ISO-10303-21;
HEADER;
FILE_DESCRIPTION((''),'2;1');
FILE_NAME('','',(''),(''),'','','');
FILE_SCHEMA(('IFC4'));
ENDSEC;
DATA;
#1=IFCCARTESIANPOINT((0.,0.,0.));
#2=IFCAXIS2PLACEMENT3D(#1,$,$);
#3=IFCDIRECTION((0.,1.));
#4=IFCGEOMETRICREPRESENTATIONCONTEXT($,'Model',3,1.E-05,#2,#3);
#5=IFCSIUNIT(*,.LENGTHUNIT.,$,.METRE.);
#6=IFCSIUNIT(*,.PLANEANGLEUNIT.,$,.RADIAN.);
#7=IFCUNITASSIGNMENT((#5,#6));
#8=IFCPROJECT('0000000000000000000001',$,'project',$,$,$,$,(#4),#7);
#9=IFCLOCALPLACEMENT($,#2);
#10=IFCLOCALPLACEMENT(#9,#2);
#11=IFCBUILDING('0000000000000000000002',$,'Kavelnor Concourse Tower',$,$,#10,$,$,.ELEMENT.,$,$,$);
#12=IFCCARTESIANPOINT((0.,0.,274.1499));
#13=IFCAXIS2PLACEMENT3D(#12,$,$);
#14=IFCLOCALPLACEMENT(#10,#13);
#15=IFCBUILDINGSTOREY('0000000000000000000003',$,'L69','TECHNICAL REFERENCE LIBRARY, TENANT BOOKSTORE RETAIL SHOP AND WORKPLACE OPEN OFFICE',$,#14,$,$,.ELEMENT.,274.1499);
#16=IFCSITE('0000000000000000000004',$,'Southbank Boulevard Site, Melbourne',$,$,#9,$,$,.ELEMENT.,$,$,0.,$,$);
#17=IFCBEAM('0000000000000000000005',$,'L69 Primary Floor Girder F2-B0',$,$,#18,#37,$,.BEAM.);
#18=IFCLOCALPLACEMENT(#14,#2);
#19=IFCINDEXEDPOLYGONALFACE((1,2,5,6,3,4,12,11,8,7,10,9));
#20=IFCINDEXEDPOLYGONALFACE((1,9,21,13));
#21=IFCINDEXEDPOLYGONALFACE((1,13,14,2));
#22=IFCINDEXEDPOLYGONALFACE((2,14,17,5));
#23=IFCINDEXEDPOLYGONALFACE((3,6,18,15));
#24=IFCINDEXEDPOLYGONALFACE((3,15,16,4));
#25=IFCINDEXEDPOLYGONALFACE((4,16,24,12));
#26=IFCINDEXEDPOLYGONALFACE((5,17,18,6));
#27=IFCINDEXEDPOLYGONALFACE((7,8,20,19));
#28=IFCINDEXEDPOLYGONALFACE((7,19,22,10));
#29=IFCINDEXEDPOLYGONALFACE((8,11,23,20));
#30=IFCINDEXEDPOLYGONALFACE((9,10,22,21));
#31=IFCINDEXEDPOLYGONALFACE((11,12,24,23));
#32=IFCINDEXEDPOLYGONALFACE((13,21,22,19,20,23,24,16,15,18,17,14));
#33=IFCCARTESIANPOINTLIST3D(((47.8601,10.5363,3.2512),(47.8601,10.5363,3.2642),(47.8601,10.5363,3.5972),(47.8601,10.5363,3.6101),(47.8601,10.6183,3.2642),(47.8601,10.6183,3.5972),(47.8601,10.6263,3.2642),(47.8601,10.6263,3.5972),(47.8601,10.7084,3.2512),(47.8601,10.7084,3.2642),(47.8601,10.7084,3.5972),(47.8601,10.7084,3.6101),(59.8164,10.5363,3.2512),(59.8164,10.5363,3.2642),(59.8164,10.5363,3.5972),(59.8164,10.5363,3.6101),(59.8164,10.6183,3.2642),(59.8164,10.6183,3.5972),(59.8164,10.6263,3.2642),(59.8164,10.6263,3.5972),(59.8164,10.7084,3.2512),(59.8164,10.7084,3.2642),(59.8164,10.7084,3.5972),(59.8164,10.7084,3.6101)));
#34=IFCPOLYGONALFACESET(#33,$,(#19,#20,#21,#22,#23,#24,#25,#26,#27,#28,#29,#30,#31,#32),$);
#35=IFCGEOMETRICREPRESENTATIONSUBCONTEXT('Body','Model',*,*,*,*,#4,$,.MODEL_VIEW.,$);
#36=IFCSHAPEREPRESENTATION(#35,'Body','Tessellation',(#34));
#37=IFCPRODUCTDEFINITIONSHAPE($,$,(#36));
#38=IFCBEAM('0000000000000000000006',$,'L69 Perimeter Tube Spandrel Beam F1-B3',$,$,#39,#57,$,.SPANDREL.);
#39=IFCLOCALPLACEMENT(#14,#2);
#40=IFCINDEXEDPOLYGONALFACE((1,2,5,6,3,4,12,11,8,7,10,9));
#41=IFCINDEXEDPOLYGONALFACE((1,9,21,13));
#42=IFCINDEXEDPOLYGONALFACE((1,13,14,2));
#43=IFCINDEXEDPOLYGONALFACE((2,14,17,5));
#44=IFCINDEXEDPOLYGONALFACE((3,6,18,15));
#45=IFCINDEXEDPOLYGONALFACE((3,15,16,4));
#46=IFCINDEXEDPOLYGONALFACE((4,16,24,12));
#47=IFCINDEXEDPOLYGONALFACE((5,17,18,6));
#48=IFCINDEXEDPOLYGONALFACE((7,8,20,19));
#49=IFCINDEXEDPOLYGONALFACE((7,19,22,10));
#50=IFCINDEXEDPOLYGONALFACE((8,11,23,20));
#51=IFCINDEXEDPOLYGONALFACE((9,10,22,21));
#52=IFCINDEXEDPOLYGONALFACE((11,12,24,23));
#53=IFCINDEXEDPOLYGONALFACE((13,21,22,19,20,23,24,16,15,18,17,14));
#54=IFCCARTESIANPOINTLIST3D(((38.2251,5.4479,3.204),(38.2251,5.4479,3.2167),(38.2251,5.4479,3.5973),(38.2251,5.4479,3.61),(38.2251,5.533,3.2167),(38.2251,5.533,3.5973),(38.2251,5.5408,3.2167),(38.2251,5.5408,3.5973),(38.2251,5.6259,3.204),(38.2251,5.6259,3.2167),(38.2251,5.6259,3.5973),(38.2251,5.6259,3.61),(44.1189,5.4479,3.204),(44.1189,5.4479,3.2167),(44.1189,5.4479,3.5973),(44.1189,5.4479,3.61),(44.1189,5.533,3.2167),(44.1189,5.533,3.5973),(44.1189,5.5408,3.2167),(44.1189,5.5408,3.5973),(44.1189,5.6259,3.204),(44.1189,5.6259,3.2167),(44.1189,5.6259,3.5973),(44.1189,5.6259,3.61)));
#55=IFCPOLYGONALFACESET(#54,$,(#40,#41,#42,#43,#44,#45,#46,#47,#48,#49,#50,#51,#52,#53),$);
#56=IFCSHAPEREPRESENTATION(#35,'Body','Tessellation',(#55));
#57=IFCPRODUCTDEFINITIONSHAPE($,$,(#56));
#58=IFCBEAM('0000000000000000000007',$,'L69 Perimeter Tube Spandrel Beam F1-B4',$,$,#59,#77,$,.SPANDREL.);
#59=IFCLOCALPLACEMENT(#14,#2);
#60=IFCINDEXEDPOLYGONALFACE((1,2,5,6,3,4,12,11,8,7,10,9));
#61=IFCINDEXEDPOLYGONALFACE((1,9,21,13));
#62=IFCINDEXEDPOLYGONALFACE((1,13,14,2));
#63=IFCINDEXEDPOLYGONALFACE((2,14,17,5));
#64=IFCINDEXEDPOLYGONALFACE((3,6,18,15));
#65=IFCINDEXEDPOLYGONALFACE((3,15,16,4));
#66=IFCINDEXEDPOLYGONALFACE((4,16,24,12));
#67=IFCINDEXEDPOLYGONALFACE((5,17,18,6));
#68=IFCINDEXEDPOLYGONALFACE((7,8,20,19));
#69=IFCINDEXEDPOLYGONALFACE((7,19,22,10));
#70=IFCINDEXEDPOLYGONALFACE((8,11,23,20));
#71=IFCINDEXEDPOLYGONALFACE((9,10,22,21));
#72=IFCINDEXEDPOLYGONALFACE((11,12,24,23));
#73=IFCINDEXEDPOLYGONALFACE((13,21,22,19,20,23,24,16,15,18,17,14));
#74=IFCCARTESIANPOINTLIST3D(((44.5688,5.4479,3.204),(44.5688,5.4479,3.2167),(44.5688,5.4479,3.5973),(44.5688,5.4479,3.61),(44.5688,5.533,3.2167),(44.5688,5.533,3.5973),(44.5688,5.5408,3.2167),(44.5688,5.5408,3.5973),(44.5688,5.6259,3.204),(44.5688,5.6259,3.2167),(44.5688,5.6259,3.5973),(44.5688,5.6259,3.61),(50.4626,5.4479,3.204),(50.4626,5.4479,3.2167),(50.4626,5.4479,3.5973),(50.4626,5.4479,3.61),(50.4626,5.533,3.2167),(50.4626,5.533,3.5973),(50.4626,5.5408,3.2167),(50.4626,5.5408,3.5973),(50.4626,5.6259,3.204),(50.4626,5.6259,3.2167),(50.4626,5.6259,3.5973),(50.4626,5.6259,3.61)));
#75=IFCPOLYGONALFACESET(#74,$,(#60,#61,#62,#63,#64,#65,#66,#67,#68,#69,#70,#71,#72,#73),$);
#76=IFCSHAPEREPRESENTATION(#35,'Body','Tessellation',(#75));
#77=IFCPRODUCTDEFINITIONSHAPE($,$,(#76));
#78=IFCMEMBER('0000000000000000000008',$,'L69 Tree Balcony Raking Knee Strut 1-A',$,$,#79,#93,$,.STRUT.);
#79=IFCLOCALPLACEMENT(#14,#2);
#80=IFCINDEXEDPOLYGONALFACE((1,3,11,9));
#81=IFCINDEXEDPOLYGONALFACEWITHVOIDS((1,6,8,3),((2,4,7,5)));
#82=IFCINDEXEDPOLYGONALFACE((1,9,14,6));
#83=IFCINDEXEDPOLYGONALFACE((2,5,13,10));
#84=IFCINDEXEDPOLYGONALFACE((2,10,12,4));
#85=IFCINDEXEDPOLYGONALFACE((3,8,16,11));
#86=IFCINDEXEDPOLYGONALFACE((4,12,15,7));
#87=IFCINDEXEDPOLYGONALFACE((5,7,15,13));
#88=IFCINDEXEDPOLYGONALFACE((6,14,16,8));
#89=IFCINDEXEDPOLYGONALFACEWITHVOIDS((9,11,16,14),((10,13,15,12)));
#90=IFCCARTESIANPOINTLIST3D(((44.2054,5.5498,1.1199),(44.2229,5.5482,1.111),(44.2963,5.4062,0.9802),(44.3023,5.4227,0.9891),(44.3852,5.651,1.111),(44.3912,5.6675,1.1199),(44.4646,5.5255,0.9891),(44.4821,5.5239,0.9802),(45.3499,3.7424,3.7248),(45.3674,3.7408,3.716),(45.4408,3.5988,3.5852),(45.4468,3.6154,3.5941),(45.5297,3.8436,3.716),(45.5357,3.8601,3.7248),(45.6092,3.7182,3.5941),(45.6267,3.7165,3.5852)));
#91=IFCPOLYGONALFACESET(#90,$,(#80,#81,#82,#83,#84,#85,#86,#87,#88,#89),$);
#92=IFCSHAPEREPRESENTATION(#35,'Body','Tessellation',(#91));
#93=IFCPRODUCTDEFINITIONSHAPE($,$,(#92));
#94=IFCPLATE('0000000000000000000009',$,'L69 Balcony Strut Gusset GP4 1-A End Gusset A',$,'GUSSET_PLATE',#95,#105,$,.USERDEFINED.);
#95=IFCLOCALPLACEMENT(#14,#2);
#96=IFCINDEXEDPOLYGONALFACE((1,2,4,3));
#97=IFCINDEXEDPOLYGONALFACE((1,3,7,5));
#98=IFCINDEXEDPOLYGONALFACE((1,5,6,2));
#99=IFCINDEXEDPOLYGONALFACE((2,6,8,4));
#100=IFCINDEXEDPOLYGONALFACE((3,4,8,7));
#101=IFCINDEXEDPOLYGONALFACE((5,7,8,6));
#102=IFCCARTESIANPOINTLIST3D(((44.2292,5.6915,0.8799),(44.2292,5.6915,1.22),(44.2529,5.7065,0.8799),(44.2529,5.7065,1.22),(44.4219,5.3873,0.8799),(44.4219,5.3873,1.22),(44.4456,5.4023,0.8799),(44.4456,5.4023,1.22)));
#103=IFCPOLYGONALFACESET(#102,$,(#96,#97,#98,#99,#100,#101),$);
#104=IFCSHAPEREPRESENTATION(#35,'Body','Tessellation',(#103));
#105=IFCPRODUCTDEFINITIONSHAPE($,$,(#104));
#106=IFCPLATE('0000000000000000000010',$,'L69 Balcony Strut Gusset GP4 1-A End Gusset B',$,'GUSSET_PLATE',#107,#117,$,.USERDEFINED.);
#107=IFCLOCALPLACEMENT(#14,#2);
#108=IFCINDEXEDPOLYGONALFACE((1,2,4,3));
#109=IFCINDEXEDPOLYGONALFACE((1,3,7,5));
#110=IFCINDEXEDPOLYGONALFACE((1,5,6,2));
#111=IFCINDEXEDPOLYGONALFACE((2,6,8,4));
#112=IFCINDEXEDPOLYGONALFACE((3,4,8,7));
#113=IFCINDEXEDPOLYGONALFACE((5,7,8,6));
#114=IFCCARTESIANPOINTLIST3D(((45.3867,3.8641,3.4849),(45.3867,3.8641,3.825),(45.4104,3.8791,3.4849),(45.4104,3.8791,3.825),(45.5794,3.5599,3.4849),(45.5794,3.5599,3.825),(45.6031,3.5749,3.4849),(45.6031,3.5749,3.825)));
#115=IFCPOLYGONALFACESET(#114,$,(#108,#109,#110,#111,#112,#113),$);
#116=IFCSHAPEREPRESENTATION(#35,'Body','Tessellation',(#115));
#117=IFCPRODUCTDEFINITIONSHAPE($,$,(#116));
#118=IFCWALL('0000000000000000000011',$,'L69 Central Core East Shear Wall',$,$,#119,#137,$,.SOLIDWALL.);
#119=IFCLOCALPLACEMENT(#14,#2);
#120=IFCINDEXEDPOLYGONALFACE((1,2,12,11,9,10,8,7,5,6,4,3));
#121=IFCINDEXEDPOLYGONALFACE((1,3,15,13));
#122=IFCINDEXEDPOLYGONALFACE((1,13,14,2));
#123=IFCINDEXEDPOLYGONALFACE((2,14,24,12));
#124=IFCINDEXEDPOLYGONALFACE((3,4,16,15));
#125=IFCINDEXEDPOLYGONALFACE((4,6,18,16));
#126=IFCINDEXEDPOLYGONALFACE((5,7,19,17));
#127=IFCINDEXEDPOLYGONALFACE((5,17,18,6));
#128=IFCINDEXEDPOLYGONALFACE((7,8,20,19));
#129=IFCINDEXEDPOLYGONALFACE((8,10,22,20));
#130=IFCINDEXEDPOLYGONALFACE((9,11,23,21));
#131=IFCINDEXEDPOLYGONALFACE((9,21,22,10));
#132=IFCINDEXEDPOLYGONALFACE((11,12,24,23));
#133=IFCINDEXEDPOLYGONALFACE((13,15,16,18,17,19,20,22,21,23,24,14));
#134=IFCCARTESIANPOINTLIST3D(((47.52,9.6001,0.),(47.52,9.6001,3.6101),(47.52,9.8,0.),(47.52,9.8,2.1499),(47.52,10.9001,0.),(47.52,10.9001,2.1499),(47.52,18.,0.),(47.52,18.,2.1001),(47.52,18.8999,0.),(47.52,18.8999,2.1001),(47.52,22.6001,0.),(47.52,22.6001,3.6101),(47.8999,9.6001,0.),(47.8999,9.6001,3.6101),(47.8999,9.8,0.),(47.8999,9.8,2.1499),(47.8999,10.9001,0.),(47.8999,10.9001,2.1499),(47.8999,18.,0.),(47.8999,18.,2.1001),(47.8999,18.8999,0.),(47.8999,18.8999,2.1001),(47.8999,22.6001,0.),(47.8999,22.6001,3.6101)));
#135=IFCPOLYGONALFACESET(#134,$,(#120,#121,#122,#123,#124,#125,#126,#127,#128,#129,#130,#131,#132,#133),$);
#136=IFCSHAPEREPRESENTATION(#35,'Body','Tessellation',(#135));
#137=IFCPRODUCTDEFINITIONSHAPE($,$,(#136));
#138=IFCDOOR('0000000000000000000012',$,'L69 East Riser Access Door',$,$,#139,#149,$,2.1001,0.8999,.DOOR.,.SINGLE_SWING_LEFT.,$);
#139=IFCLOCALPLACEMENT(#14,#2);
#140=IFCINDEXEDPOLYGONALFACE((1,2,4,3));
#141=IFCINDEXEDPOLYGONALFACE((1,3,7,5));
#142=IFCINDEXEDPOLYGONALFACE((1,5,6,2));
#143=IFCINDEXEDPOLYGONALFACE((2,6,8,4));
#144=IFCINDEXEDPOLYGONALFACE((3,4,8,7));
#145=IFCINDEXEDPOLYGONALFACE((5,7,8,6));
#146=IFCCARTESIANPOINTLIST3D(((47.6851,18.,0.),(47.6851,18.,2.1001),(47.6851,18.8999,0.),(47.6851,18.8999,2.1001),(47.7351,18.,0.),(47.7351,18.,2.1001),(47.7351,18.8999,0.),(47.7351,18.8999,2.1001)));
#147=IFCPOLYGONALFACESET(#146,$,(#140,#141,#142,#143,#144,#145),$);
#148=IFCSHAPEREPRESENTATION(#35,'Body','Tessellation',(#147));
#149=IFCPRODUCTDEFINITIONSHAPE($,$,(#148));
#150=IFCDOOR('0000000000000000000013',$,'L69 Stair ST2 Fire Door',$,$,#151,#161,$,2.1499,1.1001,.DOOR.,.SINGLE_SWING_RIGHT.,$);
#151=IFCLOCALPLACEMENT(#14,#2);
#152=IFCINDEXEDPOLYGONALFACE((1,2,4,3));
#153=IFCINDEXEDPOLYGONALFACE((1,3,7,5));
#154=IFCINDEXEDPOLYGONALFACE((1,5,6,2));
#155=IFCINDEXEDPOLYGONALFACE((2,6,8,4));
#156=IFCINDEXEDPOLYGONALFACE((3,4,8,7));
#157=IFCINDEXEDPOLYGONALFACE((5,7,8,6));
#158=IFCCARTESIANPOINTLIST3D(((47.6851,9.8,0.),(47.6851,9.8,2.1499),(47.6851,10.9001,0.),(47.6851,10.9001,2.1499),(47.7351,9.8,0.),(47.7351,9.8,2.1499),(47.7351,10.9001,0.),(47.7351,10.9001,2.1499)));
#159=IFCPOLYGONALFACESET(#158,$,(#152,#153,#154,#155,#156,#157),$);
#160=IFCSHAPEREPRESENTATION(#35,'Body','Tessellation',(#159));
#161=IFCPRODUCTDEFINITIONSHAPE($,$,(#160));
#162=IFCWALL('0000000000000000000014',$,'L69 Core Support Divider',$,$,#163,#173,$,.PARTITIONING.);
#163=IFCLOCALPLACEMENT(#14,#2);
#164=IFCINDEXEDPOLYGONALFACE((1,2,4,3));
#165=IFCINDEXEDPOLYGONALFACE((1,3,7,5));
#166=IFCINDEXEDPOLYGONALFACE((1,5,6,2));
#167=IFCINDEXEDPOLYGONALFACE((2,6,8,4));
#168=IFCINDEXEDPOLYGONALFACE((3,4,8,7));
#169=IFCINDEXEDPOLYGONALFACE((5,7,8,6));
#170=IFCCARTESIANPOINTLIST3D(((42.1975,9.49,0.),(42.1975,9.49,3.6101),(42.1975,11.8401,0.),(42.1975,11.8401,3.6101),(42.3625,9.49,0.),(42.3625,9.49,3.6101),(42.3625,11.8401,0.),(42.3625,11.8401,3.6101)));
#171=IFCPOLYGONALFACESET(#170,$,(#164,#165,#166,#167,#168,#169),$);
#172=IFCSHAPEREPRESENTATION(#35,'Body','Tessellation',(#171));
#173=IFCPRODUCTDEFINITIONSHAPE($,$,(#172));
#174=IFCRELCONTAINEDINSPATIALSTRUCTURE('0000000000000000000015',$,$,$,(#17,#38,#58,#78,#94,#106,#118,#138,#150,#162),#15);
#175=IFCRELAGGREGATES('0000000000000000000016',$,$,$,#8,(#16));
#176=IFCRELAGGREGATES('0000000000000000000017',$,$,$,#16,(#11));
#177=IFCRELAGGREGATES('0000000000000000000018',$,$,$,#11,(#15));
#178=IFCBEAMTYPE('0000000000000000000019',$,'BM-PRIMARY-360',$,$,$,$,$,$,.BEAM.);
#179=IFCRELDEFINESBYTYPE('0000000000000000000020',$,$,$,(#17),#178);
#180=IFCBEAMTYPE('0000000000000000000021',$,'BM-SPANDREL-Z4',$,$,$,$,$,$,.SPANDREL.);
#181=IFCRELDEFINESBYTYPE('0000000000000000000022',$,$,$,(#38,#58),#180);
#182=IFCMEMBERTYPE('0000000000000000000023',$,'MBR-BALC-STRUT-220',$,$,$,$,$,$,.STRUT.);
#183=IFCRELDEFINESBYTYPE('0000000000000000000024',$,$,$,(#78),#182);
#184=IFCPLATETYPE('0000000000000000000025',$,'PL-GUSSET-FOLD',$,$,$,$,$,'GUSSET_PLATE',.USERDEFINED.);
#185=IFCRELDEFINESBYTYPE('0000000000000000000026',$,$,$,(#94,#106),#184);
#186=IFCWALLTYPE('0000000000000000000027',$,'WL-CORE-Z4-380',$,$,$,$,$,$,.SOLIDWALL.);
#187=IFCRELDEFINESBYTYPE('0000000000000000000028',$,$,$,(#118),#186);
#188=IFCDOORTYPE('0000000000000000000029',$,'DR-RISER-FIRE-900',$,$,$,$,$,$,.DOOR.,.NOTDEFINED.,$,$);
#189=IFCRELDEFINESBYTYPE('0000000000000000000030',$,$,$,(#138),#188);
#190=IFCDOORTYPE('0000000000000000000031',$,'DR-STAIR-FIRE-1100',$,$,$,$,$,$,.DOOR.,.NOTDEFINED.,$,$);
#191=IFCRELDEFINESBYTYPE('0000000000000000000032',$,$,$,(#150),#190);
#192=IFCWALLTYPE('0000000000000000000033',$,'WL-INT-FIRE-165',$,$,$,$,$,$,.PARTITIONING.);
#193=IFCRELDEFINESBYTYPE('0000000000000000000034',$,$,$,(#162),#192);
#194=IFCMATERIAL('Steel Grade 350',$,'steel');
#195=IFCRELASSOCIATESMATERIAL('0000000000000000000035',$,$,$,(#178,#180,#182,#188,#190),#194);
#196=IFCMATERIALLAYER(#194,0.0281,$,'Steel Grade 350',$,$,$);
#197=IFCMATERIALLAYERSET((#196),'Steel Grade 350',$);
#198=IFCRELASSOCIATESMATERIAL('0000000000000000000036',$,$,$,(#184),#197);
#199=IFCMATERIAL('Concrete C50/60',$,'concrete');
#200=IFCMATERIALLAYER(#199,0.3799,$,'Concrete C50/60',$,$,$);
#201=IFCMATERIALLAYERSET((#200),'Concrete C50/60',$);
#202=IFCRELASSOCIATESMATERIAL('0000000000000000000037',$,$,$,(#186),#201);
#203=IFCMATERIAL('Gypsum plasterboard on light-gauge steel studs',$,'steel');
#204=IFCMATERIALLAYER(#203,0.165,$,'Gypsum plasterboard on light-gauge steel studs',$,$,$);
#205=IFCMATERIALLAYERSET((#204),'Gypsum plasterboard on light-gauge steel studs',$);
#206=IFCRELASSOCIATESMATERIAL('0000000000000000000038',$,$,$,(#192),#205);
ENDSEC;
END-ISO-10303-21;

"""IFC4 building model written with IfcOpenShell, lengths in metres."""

from ifc_helpers import new_model, si_unit, direction, frame, frame_2d, origin, origin_2d, place, context, subcontext, project, spatial, rectangle, hollow_rectangle, i_section, extrude, material, layer, layer_set, material_profile, profile_set, type_object, element, fill, save


model = new_model("IFC4")

# Units and contexts
model_context = context("Model", 3, precision=1e-05, world=origin(), true_north=direction((0.0, 1.0)))
body_context = subcontext(model_context, "Body", "Model", "MODEL_VIEW")
ifc_project = project(units=[si_unit("LENGTHUNIT", "METRE"), si_unit("PLANEANGLEUNIT", "RADIAN")], contexts=[model_context])

# Site, building, storey
site_placement = place(None, origin())
site = spatial("IfcSite", under=ifc_project, at=site_placement, Name="Southbank Boulevard Site, Melbourne", CompositionType="ELEMENT", RefElevation=0.0)
building_placement = place(site_placement, origin())
building = spatial("IfcBuilding", under=site, at=building_placement, Name="Kavelnor Concourse Tower", CompositionType="ELEMENT")
storey_placement = place(building_placement, frame((0.0, 0.0, 274.1499)))
storey = spatial("IfcBuildingStorey", under=building, at=storey_placement, Name="L69", Description="TECHNICAL REFERENCE LIBRARY, TENANT BOOKSTORE RETAIL SHOP AND WORKPLACE OPEN OFFICE", CompositionType="ELEMENT", Elevation=274.1499)

# Shared definitions
ifc_material_1 = material(Name="Steel Grade 350", Category="steel")

# Beams
ifc_material_profile_1 = material_profile(ifc_material_1, i_section(OverallWidth=0.1721, OverallDepth=0.3589, WebThickness=0.0081, FlangeThickness=0.0129, at=origin_2d()), Name="360UB56")
ifc_profile_set_1 = profile_set([ifc_material_profile_1], Name="Steel Grade 350")
beam_type_1 = type_object("IfcBeamType", Name="BM-PRIMARY-360", PredefinedType="BEAM", material=ifc_profile_set_1)
beam_1_placement = place(storey_placement, frame((47.8601, 10.6223, 3.4307), z_axis=(1.0, 0.0, 0.0), x_axis=(0.0, 1.0, 0.0)))
element("IfcBeam", 1, at=beam_1_placement, inside=storey, type_object=beam_type_1, Name="L69 Primary Floor Girder F2-B0", PredefinedType="BEAM", context=body_context, shape_type="SweptSolid", body=[
    extrude(i_section(OverallWidth=0.1721, OverallDepth=0.3589, WebThickness=0.0081, FlangeThickness=0.0129, at=origin_2d()), origin(), (0.0, 0.0, 1.0), 11.9563),
])
ifc_material_profile_2 = material_profile(ifc_material_1, i_section(OverallWidth=0.178, OverallDepth=0.406, WebThickness=0.0078, FlangeThickness=0.0127, at=origin_2d()), Name="410UB59")
ifc_profile_set_2 = profile_set([ifc_material_profile_2], Name="Steel Grade 350")
beam_type_2 = type_object("IfcBeamType", Name="BM-SPANDREL-Z4", PredefinedType="SPANDREL", material=ifc_profile_set_2)
for number, where, z_axis, x_axis, name in (
    (2, (38.2251, 5.5369, 3.407), (1.0, 0.0, 0.0), (0.0, 1.0, 0.0), "L69 Perimeter Tube Spandrel Beam F1-B3"),
    (3, (44.5688, 5.5369, 3.407), (1.0, 0.0, 0.0), (0.0, 1.0, 0.0), "L69 Perimeter Tube Spandrel Beam F1-B4"),
):
    element("IfcBeam", number, at=place(storey_placement, frame(where, z_axis=z_axis, x_axis=x_axis)), inside=storey, type_object=beam_type_2, Name=name, PredefinedType="SPANDREL", context=body_context, shape_type="SweptSolid", body=[
        extrude(i_section(OverallWidth=0.178, OverallDepth=0.406, WebThickness=0.0078, FlangeThickness=0.0127, at=origin_2d()), origin(), (0.0, 0.0, 1.0), 5.8938),
    ])

# Member
ifc_material_profile_3 = material_profile(ifc_material_1, hollow_rectangle(XDim=0.22, YDim=0.22, WallThickness=0.0139, at=origin_2d()), Name="SHS 220x220x14")
ifc_profile_set_3 = profile_set([ifc_material_profile_3], Name="Steel Grade 350")
member_type = type_object("IfcMemberType", Name="MBR-BALC-STRUT-220", PredefinedType="STRUT", material=ifc_profile_set_3)
member_placement = place(storey_placement, frame((44.3438, 5.5369, 1.05), z_axis=(0.33954, -0.536181, 0.772802), x_axis=(0.844848, 0.535006, 0.0)))
element("IfcMember", 4, at=member_placement, inside=storey, type_object=member_type, Name="L69 Tree Balcony Raking Knee Strut 1-A", PredefinedType="STRUT", context=body_context, shape_type="SweptSolid", body=[
    extrude(hollow_rectangle(XDim=0.22, YDim=0.22, WallThickness=0.0139, at=origin_2d()), origin(), (0.0, 0.0, 1.0), 3.3708),
])

# Plates
ifc_layer_1 = layer(ifc_material_1, 0.0281, Name="Steel Grade 350")
ifc_layer_set_1 = layer_set([ifc_layer_1], Name="Steel Grade 350")
plate_type = type_object("IfcPlateType", Name="PL-GUSSET-FOLD", ElementType="GUSSET_PLATE", PredefinedType="USERDEFINED", material=ifc_layer_set_1)
for number, where, z_axis, x_axis, name in (
    (5, (44.3374, 5.5469, 0.8799), (0.0, 0.0, 1.0), (0.53509, -0.844795, 0.0), "L69 Balcony Strut Gusset GP4 1-A End Gusset A"),
    (6, (45.4949, 3.7195, 3.4849), (0.0, 0.0, 1.0), (0.53509, -0.844795, 0.0), "L69 Balcony Strut Gusset GP4 1-A End Gusset B"),
):
    element("IfcPlate", number, at=place(storey_placement, frame(where, z_axis=z_axis, x_axis=x_axis)), inside=storey, type_object=plate_type, Name=name, ObjectType="GUSSET_PLATE", PredefinedType="USERDEFINED", context=body_context, shape_type="SweptSolid", body=[
        extrude(rectangle(XDim=0.3601, YDim=0.0281, at=origin_2d()), origin(), (0.0, 0.0, 1.0), 0.3401),
    ])

# Wall, openings, doors
ifc_material_2 = material(Name="Concrete C50/60", Category="concrete")
ifc_layer_2 = layer(ifc_material_2, 0.3799, Name="Concrete C50/60")
ifc_layer_set_2 = layer_set([ifc_layer_2], Name="Concrete C50/60")
wall_type_1 = type_object("IfcWallType", Name="WL-CORE-Z4-380", PredefinedType="SOLIDWALL", material=ifc_layer_set_2)
wall_1_placement = place(storey_placement, frame((47.71, 9.6001, 0.0), z_axis=(0.0, 0.0, 1.0), x_axis=(0.0, 1.0, 0.0)))
wall_1 = element("IfcWall", 7, at=wall_1_placement, inside=storey, type_object=wall_type_1, Name="L69 Central Core East Shear Wall", PredefinedType="SOLIDWALL", context=body_context, shape_type="SweptSolid", body=[
    extrude(rectangle(XDim=13.0, YDim=0.3799, at=frame_2d((6.5, 0.0))), origin(), (0.0, 0.0, 1.0), 3.6101),
])
opening_1_placement = place(wall_1_placement, frame((0.2, 0.0, 0.0)))
opening_1 = element("IfcOpeningElement", 8, at=opening_1_placement, cuts=wall_1, PredefinedType="OPENING", context=body_context, shape_type="SweptSolid", body=[
    extrude(rectangle(XDim=1.1001, YDim=2.1499, at=frame_2d((0.55, 1.075))), frame((0.0, 0.2, 0.0), z_axis=(0.0, -1.0, 0.0), x_axis=(1.0, 0.0, 0.0)), (0.0, 0.0, 1.0), 0.3999),
])
opening_2_placement = place(wall_1_placement, frame((8.3999, 0.0, 0.0)))
opening_2 = element("IfcOpeningElement", 9, at=opening_2_placement, cuts=wall_1, PredefinedType="OPENING", context=body_context, shape_type="SweptSolid", body=[
    extrude(rectangle(XDim=0.8999, YDim=2.1001, at=frame_2d((0.45, 1.05))), frame((0.0, 0.2, 0.0), z_axis=(0.0, -1.0, 0.0), x_axis=(1.0, 0.0, 0.0)), (0.0, 0.0, 1.0), 0.3999),
])
door_type_1 = type_object("IfcDoorType", Name="DR-RISER-FIRE-900", OperationType="NOTDEFINED", PredefinedType="DOOR", material=ifc_material_1)
door_1_placement = place(opening_2_placement, origin())
door_1 = element("IfcDoor", 10, at=door_1_placement, inside=storey, type_object=door_type_1, Name="L69 East Riser Access Door", OperationType="SINGLE_SWING_LEFT", OverallHeight=2.1001, OverallWidth=0.8999, PredefinedType="DOOR", context=body_context, shape_type="SweptSolid", body=[
    extrude(rectangle(XDim=0.8999, YDim=2.1001, at=frame_2d((0.45, 1.05))), frame((0.0, 0.0249, 0.0), z_axis=(0.0, -1.0, 0.0), x_axis=(1.0, 0.0, 0.0)), (0.0, 0.0, 1.0), 0.05),
])
fill(opening_2, door_1)
door_type_2 = type_object("IfcDoorType", Name="DR-STAIR-FIRE-1100", OperationType="NOTDEFINED", PredefinedType="DOOR", material=ifc_material_1)
door_2_placement = place(opening_1_placement, origin())
door_2 = element("IfcDoor", 11, at=door_2_placement, inside=storey, type_object=door_type_2, Name="L69 Stair ST2 Fire Door", OperationType="SINGLE_SWING_RIGHT", OverallHeight=2.1499, OverallWidth=1.1001, PredefinedType="DOOR", context=body_context, shape_type="SweptSolid", body=[
    extrude(rectangle(XDim=1.1001, YDim=2.1499, at=frame_2d((0.55, 1.075))), frame((0.0, 0.0249, 0.0), z_axis=(0.0, -1.0, 0.0), x_axis=(1.0, 0.0, 0.0)), (0.0, 0.0, 1.0), 0.05),
])
fill(opening_1, door_2)

# Wall
ifc_material_3 = material(Name="Gypsum plasterboard on light-gauge steel studs", Category="steel")
ifc_layer_3 = layer(ifc_material_3, 0.165, Name="Gypsum plasterboard on light-gauge steel studs")
ifc_layer_set_3 = layer_set([ifc_layer_3], Name="Gypsum plasterboard on light-gauge steel studs")
wall_type_2 = type_object("IfcWallType", Name="WL-INT-FIRE-165", PredefinedType="PARTITIONING", material=ifc_layer_set_3)
wall_2_placement = place(storey_placement, frame((42.28, 9.49, 0.0), z_axis=(0.0, 0.0, 1.0), x_axis=(0.0, 1.0, 0.0)))
element("IfcWall", 12, at=wall_2_placement, inside=storey, type_object=wall_type_2, Name="L69 Core Support Divider", PredefinedType="PARTITIONING", context=body_context, shape_type="SweptSolid", body=[
    extrude(rectangle(XDim=2.3501, YDim=0.165, at=frame_2d((1.175, 0.0))), origin(), (0.0, 0.0, 1.0), 3.6101),
])

save(model, "model.ifc")
